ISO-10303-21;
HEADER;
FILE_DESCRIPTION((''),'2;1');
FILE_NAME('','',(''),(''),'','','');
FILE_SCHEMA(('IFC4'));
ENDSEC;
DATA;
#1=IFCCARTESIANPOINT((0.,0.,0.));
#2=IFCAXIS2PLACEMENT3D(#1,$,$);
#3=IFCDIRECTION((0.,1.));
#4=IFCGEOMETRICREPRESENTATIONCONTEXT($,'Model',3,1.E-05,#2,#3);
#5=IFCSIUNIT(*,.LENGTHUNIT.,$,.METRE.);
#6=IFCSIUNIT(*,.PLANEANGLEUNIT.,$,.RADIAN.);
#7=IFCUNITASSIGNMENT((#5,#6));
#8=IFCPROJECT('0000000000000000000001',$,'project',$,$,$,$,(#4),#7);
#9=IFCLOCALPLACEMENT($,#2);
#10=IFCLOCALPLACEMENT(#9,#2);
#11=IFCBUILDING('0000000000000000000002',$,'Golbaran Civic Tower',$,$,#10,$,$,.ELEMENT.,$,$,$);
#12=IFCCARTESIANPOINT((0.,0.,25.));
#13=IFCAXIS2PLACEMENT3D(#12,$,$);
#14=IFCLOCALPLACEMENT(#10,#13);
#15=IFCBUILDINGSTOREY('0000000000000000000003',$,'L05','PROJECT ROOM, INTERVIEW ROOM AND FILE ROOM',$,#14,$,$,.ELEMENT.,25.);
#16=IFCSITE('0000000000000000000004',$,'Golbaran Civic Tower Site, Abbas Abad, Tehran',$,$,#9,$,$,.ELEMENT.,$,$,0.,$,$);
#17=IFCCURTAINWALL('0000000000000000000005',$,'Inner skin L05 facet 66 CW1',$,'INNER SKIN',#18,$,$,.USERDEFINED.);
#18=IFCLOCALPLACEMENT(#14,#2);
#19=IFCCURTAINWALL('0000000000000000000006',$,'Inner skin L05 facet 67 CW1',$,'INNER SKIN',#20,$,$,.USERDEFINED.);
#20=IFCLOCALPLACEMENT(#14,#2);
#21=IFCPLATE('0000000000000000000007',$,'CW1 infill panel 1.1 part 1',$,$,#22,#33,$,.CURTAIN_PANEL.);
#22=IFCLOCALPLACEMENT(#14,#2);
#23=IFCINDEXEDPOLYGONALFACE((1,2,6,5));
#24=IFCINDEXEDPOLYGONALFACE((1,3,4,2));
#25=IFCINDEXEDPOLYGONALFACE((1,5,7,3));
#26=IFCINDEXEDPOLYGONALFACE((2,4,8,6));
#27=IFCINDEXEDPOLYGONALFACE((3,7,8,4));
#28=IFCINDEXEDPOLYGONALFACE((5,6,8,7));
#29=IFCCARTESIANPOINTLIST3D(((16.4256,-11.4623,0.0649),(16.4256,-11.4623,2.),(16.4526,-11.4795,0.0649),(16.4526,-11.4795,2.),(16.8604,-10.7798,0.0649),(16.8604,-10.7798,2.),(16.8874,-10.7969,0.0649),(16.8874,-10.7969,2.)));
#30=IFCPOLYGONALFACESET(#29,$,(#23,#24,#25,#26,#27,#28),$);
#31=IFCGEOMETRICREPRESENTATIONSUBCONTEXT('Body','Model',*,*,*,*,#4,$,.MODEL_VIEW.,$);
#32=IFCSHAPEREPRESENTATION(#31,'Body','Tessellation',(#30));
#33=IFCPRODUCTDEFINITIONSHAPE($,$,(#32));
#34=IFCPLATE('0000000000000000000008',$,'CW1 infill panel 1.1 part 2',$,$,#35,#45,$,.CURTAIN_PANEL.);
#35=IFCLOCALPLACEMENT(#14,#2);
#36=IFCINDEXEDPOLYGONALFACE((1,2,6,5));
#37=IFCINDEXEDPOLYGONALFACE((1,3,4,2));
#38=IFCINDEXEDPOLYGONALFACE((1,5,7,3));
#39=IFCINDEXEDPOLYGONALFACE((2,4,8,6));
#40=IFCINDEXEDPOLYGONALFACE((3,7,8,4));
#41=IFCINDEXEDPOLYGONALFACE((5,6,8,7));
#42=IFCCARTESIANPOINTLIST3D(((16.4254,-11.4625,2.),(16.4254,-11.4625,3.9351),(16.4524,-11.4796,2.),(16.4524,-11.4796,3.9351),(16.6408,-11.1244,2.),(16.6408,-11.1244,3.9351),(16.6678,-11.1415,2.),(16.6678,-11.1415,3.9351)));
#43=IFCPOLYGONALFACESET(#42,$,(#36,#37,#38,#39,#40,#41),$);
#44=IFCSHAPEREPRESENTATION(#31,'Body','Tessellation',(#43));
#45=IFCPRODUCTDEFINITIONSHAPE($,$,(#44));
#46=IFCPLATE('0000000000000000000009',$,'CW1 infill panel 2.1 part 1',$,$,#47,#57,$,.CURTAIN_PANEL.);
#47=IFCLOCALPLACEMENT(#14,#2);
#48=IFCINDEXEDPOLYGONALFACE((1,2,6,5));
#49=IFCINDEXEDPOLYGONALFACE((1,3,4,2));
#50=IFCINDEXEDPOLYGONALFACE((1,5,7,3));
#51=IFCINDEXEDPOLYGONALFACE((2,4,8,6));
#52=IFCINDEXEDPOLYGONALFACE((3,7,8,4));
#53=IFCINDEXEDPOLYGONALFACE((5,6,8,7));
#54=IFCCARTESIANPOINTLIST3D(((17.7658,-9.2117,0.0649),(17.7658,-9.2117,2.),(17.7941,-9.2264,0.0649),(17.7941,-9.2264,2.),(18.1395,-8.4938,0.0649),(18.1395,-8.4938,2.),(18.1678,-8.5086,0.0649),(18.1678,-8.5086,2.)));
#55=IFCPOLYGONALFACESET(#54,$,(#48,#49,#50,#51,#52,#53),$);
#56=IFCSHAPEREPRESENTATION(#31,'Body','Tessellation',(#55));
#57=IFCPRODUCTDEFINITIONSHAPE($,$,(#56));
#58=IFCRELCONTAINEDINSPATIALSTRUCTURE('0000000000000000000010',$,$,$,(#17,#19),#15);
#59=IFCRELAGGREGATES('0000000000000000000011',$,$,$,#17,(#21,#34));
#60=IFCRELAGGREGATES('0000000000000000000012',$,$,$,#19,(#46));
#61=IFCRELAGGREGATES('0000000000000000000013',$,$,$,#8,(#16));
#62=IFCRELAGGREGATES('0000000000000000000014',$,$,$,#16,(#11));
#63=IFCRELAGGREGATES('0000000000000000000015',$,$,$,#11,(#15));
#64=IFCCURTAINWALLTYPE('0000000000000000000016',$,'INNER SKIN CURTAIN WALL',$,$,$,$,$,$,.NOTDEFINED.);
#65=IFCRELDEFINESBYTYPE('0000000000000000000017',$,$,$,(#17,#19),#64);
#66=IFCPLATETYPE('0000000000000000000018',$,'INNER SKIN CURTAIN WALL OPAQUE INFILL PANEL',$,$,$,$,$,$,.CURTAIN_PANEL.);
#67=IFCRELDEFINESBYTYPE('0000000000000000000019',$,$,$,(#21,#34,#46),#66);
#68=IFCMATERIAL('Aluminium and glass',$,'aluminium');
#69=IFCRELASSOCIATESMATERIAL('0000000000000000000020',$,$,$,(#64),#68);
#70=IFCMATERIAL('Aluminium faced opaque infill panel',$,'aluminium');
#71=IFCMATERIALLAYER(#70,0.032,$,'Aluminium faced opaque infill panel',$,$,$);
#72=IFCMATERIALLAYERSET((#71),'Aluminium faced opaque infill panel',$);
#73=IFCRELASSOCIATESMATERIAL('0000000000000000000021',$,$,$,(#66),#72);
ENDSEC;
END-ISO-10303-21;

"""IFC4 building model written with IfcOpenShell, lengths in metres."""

from ifc_helpers import new_model, si_unit, direction, frame, origin, origin_2d, place, context, subcontext, project, spatial, rectangle, extrude, material, layer, layer_set, type_object, element, aggregate, save


model = new_model("IFC4")

# Units and contexts
model_context = context("Model", 3, precision=1e-05, world=origin(), true_north=direction((0.0, 1.0)))
body_context = subcontext(model_context, "Body", "Model", "MODEL_VIEW")
ifc_project = project(units=[si_unit("LENGTHUNIT", "METRE"), si_unit("PLANEANGLEUNIT", "RADIAN")], contexts=[model_context])

# Site, building, storey
site_placement = place(None, origin())
site = spatial("IfcSite", under=ifc_project, at=site_placement, Name="Golbaran Civic Tower Site, Abbas Abad, Tehran", CompositionType="ELEMENT", RefElevation=0.0)
building_placement = place(site_placement, origin())
building = spatial("IfcBuilding", under=site, at=building_placement, Name="Golbaran Civic Tower", CompositionType="ELEMENT")
storey_placement = place(building_placement, frame((0.0, 0.0, 25.0)))
storey = spatial("IfcBuildingStorey", under=building, at=storey_placement, Name="L05", Description="PROJECT ROOM, INTERVIEW ROOM AND FILE ROOM", CompositionType="ELEMENT", Elevation=25.0)

# Curtain wall
ifc_material_1 = material(Name="Aluminium and glass", Category="aluminium")
curtain_wall_type = type_object("IfcCurtainWallType", Name="INNER SKIN CURTAIN WALL", PredefinedType="NOTDEFINED", material=ifc_material_1)
curtain_wall_1_placement = place(storey_placement, origin())
curtain_wall_1 = element("IfcCurtainWall", 1, at=curtain_wall_1_placement, inside=storey, type_object=curtain_wall_type, Name="Inner skin L05 facet 66 CW1", ObjectType="INNER SKIN", PredefinedType="USERDEFINED")

# Curtain wall
curtain_wall_2_placement = place(storey_placement, origin())
curtain_wall_2 = element("IfcCurtainWall", 2, at=curtain_wall_2_placement, inside=storey, type_object=curtain_wall_type, Name="Inner skin L05 facet 67 CW1", ObjectType="INNER SKIN", PredefinedType="USERDEFINED")

# Plates
ifc_material_2 = material(Name="Aluminium faced opaque infill panel", Category="aluminium")
ifc_layer_1 = layer(ifc_material_2, 0.032, Name="Aluminium faced opaque infill panel")
ifc_layer_set_1 = layer_set([ifc_layer_1], Name="Aluminium faced opaque infill panel")
plate_type_1 = type_object("IfcPlateType", Name="INNER SKIN CURTAIN WALL OPAQUE INFILL PANEL", PredefinedType="CURTAIN_PANEL", material=ifc_layer_set_1)
plate_1_placement = place(storey_placement, frame((16.6565, -11.1296, 0.0649), z_axis=(0.0, 0.0, 1.0), x_axis=(0.5373, 0.843391, 0.0)))
plate_1 = element("IfcPlate", 3, at=plate_1_placement, type_object=plate_type_1, Name="CW1 infill panel 1.1 part 1", PredefinedType="CURTAIN_PANEL", context=body_context, shape_type="SweptSolid", body=[
    extrude(rectangle(XDim=0.8093, YDim=0.032, at=origin_2d()), origin(), (0.0, 0.0, 1.0), 1.9351),
])
plate_2_placement = place(storey_placement, frame((16.5466, -11.302, 2.0), z_axis=(0.0, 0.0, 1.0), x_axis=(0.5373, 0.843391, 0.0)))
plate_2 = element("IfcPlate", 4, at=plate_2_placement, type_object=plate_type_1, Name="CW1 infill panel 1.1 part 2", PredefinedType="CURTAIN_PANEL", context=body_context, shape_type="SweptSolid", body=[
    extrude(rectangle(XDim=0.4009, YDim=0.032, at=origin_2d()), origin(), (0.0, 0.0, 1.0), 1.9351),
])
aggregate(curtain_wall_1, [plate_1, plate_2])
plate_3_placement = place(storey_placement, frame((17.9668, -8.8601, 0.0649), z_axis=(0.0, 0.0, 1.0), x_axis=(0.461749, 0.887011, 0.0)))
plate_3 = element("IfcPlate", 5, at=plate_3_placement, type_object=plate_type_1, Name="CW1 infill panel 2.1 part 1", PredefinedType="CURTAIN_PANEL", context=body_context, shape_type="SweptSolid", body=[
    extrude(rectangle(XDim=0.8093, YDim=0.032, at=origin_2d()), origin(), (0.0, 0.0, 1.0), 1.9351),
])
aggregate(curtain_wall_2, [plate_3])

save(model, "model.ifc")
